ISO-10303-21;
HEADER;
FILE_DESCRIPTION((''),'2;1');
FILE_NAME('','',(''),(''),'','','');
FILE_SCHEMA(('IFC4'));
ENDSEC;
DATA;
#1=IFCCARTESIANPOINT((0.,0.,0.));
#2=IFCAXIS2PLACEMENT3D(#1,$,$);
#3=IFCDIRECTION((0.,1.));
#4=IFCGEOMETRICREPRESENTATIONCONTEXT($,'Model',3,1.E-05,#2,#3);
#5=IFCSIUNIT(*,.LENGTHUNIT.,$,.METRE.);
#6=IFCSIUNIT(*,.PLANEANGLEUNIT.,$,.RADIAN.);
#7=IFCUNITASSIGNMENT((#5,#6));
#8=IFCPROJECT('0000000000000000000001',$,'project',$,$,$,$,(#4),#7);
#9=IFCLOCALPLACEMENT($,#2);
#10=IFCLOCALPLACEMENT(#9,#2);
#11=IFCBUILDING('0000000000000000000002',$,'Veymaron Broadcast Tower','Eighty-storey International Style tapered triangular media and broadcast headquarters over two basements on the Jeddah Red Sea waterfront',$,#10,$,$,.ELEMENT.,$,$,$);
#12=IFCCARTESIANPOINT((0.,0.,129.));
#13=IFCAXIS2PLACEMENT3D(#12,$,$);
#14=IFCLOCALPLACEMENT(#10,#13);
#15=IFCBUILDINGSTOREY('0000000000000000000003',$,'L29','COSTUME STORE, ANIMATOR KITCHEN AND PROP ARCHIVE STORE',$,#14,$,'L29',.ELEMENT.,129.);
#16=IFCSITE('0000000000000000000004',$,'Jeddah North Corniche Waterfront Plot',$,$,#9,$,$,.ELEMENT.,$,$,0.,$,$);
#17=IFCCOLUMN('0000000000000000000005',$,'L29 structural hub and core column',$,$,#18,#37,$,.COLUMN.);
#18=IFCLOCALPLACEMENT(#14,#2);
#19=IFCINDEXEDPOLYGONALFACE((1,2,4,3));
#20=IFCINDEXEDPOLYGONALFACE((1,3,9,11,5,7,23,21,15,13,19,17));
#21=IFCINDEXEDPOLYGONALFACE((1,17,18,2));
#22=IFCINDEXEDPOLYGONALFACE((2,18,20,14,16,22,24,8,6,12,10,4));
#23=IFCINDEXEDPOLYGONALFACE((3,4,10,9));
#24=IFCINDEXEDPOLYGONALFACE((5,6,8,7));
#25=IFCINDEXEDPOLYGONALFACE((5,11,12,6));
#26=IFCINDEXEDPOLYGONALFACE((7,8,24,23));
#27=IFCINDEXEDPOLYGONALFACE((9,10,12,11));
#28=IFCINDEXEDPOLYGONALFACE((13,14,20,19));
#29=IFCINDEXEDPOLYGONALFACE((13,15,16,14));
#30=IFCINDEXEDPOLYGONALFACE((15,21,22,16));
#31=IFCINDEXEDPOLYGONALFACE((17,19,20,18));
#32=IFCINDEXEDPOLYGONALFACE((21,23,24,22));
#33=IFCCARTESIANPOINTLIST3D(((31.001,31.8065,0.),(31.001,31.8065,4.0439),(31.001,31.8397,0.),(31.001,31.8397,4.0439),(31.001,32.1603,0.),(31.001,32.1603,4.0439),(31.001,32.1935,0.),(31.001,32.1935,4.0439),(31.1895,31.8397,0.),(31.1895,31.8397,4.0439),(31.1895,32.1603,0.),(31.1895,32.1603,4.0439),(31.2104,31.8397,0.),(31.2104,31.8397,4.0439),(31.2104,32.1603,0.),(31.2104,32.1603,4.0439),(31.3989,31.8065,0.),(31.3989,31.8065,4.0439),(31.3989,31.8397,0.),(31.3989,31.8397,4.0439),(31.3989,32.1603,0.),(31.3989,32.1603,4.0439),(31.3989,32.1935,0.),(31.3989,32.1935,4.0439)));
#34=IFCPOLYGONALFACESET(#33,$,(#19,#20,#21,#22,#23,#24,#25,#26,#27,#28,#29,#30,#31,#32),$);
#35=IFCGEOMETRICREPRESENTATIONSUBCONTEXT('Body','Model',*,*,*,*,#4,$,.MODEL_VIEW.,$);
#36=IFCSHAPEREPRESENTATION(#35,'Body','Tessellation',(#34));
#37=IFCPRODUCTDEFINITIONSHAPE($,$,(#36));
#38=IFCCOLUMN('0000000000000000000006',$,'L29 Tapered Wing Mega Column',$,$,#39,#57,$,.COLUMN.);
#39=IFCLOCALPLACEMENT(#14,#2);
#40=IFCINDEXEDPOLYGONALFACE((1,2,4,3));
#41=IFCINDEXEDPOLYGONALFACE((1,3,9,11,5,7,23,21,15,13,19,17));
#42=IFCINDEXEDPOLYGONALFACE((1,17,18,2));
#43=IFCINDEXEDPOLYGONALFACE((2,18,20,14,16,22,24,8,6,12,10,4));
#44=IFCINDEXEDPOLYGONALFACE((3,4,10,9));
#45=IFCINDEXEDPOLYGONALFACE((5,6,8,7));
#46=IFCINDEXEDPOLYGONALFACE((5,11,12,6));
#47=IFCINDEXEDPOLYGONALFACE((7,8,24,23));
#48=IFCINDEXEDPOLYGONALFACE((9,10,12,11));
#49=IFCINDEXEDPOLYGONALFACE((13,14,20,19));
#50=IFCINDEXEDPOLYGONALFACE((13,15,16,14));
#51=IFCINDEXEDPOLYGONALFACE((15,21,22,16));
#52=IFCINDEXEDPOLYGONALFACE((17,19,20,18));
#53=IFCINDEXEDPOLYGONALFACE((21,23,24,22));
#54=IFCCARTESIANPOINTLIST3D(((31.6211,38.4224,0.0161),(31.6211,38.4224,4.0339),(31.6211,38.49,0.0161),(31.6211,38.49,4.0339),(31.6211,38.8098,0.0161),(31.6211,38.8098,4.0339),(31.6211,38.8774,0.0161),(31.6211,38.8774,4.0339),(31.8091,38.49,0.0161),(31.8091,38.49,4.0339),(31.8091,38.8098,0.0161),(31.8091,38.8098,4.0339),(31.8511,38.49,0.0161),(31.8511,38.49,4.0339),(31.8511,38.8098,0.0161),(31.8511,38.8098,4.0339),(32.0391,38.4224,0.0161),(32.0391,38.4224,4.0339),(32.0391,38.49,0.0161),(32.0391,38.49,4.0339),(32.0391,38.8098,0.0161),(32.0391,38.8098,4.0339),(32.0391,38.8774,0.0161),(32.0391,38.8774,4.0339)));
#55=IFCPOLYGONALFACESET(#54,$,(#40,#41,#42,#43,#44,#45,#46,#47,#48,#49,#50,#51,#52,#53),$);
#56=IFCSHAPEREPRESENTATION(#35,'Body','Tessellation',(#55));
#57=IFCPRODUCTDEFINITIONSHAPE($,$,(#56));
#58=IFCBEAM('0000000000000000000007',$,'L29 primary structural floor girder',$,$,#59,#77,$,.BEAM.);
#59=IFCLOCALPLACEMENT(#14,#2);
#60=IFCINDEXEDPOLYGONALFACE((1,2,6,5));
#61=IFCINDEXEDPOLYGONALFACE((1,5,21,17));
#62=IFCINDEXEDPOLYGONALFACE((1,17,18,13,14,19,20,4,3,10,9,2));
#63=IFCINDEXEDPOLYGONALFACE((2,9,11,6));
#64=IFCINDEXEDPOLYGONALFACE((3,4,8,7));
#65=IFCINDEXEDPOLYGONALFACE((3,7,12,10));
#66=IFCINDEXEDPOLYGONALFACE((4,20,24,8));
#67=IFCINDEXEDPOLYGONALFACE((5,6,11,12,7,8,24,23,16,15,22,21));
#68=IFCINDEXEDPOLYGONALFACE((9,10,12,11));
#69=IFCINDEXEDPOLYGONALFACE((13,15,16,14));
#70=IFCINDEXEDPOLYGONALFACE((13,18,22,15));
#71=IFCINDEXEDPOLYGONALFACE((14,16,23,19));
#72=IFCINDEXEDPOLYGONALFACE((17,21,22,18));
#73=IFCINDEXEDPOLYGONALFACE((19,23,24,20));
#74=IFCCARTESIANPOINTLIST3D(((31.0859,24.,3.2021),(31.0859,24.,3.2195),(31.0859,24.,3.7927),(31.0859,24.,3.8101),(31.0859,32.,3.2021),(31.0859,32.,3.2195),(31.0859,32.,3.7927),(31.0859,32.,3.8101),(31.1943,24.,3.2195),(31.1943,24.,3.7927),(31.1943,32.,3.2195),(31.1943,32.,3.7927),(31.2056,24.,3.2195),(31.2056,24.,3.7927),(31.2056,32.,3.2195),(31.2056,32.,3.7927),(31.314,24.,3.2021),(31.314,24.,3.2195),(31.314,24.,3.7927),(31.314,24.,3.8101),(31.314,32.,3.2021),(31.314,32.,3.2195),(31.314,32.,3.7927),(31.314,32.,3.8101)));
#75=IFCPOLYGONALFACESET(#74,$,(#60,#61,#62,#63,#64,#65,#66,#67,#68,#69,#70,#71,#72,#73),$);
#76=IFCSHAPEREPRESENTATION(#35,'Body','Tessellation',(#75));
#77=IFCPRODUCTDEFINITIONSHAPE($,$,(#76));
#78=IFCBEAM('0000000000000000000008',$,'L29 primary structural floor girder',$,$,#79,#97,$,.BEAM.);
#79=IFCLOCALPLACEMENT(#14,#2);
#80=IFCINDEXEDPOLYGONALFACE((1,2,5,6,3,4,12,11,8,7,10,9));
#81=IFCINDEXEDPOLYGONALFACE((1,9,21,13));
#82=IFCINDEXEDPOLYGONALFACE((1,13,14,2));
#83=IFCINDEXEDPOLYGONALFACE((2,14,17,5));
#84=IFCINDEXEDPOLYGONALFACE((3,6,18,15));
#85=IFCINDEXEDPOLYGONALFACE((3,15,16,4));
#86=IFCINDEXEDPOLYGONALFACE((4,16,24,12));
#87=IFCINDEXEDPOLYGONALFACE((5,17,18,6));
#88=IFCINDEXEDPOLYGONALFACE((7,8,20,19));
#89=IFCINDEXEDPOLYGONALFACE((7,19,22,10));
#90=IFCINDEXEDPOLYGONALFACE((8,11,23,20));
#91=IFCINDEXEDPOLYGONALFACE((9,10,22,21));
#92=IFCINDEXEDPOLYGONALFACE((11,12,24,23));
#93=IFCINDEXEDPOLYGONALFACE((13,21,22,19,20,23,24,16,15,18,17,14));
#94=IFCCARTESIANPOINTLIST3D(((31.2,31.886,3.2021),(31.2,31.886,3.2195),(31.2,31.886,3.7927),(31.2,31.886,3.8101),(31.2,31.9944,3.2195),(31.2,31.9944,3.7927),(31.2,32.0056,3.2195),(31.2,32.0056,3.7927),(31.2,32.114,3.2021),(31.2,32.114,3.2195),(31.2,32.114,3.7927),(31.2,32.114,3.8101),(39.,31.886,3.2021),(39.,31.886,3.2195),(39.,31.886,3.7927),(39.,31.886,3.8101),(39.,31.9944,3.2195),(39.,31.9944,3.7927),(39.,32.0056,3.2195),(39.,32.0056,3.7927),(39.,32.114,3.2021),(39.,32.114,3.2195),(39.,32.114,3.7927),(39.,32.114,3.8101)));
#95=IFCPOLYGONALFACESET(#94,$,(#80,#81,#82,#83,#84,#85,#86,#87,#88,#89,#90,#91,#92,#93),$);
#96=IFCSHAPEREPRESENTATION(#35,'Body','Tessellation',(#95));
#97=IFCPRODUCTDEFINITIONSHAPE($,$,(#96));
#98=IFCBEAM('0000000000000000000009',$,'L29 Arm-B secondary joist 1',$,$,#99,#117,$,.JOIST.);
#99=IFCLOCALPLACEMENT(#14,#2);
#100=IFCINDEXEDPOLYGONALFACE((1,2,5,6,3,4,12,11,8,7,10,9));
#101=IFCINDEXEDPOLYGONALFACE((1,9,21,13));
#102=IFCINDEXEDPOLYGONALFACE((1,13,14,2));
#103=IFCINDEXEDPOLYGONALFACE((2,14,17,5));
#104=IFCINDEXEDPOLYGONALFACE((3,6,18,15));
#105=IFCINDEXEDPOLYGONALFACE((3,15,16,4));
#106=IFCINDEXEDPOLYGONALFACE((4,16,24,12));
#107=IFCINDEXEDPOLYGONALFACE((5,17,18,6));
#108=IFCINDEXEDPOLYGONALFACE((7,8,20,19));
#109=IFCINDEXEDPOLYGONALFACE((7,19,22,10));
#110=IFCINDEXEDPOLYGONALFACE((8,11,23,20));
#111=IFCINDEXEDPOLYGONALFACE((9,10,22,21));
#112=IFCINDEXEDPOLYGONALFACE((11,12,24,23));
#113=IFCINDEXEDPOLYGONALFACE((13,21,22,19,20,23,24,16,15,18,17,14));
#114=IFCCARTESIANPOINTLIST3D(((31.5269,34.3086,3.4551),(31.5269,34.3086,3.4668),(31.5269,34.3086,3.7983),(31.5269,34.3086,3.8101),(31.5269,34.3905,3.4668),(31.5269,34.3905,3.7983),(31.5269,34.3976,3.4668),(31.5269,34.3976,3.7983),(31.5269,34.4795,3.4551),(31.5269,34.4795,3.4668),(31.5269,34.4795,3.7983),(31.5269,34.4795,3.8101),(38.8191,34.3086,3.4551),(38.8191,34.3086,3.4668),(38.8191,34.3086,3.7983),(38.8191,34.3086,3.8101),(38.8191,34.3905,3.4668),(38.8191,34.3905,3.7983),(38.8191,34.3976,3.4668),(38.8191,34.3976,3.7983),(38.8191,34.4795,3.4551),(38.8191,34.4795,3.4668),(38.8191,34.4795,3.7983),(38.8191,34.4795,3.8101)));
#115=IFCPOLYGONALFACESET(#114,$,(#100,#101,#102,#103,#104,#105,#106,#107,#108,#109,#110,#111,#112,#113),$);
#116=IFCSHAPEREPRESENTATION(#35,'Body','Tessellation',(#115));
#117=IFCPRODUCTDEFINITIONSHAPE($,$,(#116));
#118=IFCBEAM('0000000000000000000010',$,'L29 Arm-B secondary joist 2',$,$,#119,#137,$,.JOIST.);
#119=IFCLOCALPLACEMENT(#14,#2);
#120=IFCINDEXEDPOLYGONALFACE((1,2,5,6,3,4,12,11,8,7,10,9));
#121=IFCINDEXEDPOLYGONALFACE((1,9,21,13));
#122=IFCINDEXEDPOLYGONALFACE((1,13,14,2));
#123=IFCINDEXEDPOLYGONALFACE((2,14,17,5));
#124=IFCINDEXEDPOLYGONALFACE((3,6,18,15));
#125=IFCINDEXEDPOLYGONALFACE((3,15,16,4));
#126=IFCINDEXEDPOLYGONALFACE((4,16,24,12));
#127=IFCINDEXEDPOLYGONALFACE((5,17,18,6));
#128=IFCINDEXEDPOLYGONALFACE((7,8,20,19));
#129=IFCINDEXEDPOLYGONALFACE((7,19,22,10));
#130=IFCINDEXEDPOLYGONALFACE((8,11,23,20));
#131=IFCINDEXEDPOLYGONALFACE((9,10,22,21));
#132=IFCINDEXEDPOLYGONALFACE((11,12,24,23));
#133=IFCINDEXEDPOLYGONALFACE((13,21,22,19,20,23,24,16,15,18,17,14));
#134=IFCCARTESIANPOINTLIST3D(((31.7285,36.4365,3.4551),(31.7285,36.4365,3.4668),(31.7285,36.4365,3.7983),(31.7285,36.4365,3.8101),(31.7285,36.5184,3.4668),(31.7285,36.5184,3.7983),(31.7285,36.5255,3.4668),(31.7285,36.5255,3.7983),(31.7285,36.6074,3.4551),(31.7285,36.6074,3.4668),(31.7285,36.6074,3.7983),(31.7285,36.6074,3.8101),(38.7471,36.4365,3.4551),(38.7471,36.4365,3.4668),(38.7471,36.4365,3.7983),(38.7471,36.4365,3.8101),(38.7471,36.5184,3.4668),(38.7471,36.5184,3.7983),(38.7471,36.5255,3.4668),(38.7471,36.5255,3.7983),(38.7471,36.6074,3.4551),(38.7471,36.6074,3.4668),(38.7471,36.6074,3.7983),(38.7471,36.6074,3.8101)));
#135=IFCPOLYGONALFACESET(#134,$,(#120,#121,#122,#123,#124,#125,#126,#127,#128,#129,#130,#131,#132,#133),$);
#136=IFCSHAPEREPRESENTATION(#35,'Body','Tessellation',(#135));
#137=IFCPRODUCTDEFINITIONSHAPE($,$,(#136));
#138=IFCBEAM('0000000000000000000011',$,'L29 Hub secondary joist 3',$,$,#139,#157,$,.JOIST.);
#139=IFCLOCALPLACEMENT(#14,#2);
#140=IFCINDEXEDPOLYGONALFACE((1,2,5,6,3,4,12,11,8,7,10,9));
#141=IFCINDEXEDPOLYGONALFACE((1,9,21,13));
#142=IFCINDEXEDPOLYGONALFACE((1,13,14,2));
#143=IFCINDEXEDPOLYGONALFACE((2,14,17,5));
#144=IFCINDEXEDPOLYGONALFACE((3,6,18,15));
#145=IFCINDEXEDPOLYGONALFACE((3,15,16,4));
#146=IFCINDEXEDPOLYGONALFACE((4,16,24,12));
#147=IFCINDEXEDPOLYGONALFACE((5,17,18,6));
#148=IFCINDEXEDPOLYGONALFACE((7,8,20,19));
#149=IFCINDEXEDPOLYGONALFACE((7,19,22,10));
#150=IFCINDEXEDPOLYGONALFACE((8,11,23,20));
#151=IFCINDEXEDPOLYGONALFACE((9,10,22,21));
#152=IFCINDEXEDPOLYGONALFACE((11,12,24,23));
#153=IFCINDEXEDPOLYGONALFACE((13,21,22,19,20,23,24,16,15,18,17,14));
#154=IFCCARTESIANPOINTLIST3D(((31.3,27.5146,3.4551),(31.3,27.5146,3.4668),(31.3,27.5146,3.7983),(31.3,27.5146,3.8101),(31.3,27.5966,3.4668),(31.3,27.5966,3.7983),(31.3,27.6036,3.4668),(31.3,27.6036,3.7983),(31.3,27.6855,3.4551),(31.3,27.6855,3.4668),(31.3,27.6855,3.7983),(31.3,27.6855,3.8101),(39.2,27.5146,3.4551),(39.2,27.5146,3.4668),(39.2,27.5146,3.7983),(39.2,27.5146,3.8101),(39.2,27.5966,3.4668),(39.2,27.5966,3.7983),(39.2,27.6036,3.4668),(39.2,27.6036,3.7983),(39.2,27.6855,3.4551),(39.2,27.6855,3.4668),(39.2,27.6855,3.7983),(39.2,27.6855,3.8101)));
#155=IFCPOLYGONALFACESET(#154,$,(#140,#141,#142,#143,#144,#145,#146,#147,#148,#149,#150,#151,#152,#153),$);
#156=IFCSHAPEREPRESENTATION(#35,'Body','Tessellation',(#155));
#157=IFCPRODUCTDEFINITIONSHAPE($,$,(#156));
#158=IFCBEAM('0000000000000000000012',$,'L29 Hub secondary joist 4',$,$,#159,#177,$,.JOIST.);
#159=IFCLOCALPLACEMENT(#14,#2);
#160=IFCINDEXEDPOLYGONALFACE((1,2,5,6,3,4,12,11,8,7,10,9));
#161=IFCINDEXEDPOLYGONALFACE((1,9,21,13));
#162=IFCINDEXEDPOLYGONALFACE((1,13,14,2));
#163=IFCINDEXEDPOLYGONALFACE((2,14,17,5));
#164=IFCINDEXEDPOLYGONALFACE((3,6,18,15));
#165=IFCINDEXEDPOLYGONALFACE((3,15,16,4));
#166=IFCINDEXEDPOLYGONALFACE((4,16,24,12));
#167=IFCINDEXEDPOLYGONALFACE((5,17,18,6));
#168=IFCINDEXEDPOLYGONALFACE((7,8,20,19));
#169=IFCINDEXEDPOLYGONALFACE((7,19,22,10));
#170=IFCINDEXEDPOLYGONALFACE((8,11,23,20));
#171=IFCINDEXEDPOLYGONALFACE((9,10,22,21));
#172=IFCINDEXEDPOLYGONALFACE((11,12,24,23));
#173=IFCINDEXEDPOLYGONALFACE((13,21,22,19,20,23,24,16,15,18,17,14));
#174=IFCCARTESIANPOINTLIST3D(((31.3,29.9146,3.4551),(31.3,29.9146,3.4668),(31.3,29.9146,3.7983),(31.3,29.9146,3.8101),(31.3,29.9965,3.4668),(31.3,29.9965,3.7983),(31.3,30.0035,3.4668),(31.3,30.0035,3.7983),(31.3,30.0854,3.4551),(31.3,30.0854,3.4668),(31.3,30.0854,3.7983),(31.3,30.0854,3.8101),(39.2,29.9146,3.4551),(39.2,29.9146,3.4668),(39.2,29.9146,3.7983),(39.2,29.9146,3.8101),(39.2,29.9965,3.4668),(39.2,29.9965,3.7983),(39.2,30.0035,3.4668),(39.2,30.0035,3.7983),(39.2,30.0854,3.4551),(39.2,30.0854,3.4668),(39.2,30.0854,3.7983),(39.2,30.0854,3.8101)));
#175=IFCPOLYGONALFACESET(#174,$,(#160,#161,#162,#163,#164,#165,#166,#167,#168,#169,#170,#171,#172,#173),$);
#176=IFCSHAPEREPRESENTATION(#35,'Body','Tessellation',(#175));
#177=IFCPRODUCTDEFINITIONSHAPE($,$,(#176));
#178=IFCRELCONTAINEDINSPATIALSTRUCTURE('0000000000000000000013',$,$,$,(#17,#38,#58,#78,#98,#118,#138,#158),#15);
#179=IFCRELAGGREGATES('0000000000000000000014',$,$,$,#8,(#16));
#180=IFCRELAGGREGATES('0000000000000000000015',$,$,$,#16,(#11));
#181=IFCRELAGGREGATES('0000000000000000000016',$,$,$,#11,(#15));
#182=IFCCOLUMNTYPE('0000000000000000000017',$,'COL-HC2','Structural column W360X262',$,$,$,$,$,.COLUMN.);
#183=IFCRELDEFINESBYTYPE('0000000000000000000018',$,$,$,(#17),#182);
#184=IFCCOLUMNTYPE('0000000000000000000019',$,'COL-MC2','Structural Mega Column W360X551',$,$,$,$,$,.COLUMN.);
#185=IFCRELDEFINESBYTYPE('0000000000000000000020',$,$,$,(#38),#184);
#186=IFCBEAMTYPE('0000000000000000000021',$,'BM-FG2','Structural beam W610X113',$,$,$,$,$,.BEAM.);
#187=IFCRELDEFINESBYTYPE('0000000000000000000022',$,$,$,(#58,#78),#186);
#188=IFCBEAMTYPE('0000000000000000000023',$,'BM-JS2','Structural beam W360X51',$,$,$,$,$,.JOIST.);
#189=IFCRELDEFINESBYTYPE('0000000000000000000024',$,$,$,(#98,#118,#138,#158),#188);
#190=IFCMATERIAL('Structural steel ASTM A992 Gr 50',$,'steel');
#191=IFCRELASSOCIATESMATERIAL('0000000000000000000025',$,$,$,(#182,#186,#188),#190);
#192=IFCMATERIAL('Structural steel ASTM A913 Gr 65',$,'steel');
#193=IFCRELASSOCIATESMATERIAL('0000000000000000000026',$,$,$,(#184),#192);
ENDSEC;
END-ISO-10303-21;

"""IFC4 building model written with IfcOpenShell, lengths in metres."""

from ifc_helpers import new_model, si_unit, direction, frame, origin, origin_2d, place, context, subcontext, project, spatial, i_section, extrude, material, material_profile, profile_set, type_object, element, save


model = new_model("IFC4")

# Units and contexts
model_context = context("Model", 3, precision=1e-05, world=origin(), true_north=direction((0.0, 1.0)))
body_context = subcontext(model_context, "Body", "Model", "MODEL_VIEW")
ifc_project = project(units=[si_unit("LENGTHUNIT", "METRE"), si_unit("PLANEANGLEUNIT", "RADIAN")], contexts=[model_context])

# Site, building, storey
site_placement = place(None, origin())
site = spatial("IfcSite", under=ifc_project, at=site_placement, Name="Jeddah North Corniche Waterfront Plot", CompositionType="ELEMENT", RefElevation=0.0)
building_placement = place(site_placement, origin())
building = spatial("IfcBuilding", under=site, at=building_placement, Name="Veymaron Broadcast Tower", Description="Eighty-storey International Style tapered triangular media and broadcast headquarters over two basements on the Jeddah Red Sea waterfront", CompositionType="ELEMENT")
storey_placement = place(building_placement, frame((0.0, 0.0, 129.0)))
storey = spatial("IfcBuildingStorey", under=building, at=storey_placement, Name="L29", Description="COSTUME STORE, ANIMATOR KITCHEN AND PROP ARCHIVE STORE", LongName="L29", CompositionType="ELEMENT", Elevation=129.0)

# Columns
ifc_material_1 = material(Name="Structural steel ASTM A992 Gr 50", Category="steel")
ifc_material_profile_1 = material_profile(ifc_material_1, i_section(OverallWidth=0.3979, OverallDepth=0.387, WebThickness=0.021, FlangeThickness=0.0332, at=origin_2d()), Name="W360X262")
ifc_profile_set_1 = profile_set([ifc_material_profile_1], Name="Structural steel ASTM A992 Gr 50")
column_type_1 = type_object("IfcColumnType", Name="COL-HC2", Description="Structural column W360X262", PredefinedType="COLUMN", material=ifc_profile_set_1)
column_1_placement = place(storey_placement, frame((31.2, 32.0, 0.0), z_axis=(0.0, 0.0, 1.0), x_axis=(1.0, 0.0, 0.0)))
element("IfcColumn", 1, at=column_1_placement, inside=storey, type_object=column_type_1, Name="L29 structural hub and core column", PredefinedType="COLUMN", context=body_context, shape_type="SweptSolid", body=[
    extrude(i_section(OverallWidth=0.3979, OverallDepth=0.387, WebThickness=0.021, FlangeThickness=0.0332, at=origin_2d()), origin(), (0.0, 0.0, 1.0), 4.0439),
])
ifc_material_2 = material(Name="Structural steel ASTM A913 Gr 65", Category="steel")
ifc_material_profile_2 = material_profile(ifc_material_2, i_section(OverallWidth=0.418, OverallDepth=0.4551, WebThickness=0.042, FlangeThickness=0.0676, at=origin_2d()), Name="W360X551")
ifc_profile_set_2 = profile_set([ifc_material_profile_2], Name="Structural steel ASTM A913 Gr 65")
column_type_2 = type_object("IfcColumnType", Name="COL-MC2", Description="Structural Mega Column W360X551", PredefinedType="COLUMN", material=ifc_profile_set_2)
column_2_placement = place(storey_placement, frame((31.8301, 38.6499, 0.0161), z_axis=(0.0, 0.0, 1.0), x_axis=(1.0, 0.0, 0.0)))
element("IfcColumn", 2, at=column_2_placement, inside=storey, type_object=column_type_2, Name="L29 Tapered Wing Mega Column", PredefinedType="COLUMN", context=body_context, shape_type="SweptSolid", body=[
    extrude(i_section(OverallWidth=0.418, OverallDepth=0.4551, WebThickness=0.042, FlangeThickness=0.0676, at=origin_2d()), origin(), (0.0, 0.0, 1.0), 4.0178),
])

# Beams
ifc_material_profile_3 = material_profile(ifc_material_1, i_section(OverallWidth=0.228, OverallDepth=0.6079, WebThickness=0.0112, FlangeThickness=0.0173, at=origin_2d()), Name="W610X113")
ifc_profile_set_3 = profile_set([ifc_material_profile_3], Name="Structural steel ASTM A992 Gr 50")
beam_type_1 = type_object("IfcBeamType", Name="BM-FG2", Description="Structural beam W610X113", PredefinedType="BEAM", material=ifc_profile_set_3)
beam_1_placement = place(storey_placement, frame((31.2, 24.0, 3.5061), z_axis=(0.0, 1.0, 0.0), x_axis=(-1.0, 0.0, 0.0)))
element("IfcBeam", 3, at=beam_1_placement, inside=storey, type_object=beam_type_1, Name="L29 primary structural floor girder", PredefinedType="BEAM", context=body_context, shape_type="SweptSolid", body=[
    extrude(i_section(OverallWidth=0.228, OverallDepth=0.6079, WebThickness=0.0112, FlangeThickness=0.0173, at=origin_2d()), origin(), (0.0, 0.0, 1.0), 8.0),
])
beam_2_placement = place(storey_placement, frame((31.2, 32.0, 3.5061), z_axis=(1.0, 0.0, 0.0), x_axis=(0.0, 1.0, 0.0)))
element("IfcBeam", 4, at=beam_2_placement, inside=storey, type_object=beam_type_1, Name="L29 primary structural floor girder", PredefinedType="BEAM", context=body_context, shape_type="SweptSolid", body=[
    extrude(i_section(OverallWidth=0.228, OverallDepth=0.6079, WebThickness=0.0112, FlangeThickness=0.0173, at=origin_2d()), origin(), (0.0, 0.0, 1.0), 7.8),
])
ifc_material_profile_4 = material_profile(ifc_material_1, i_section(OverallWidth=0.1709, OverallDepth=0.355, WebThickness=0.0071, FlangeThickness=0.0117, at=origin_2d()), Name="W360X51")
ifc_profile_set_4 = profile_set([ifc_material_profile_4], Name="Structural steel ASTM A992 Gr 50")
beam_type_2 = type_object("IfcBeamType", Name="BM-JS2", Description="Structural beam W360X51", PredefinedType="JOIST", material=ifc_profile_set_4)
beam_3_placement = place(storey_placement, frame((31.5269, 34.394, 3.6326), z_axis=(1.0, 0.0, 0.0), x_axis=(0.0, 1.0, 0.0)))
element("IfcBeam", 5, at=beam_3_placement, inside=storey, type_object=beam_type_2, Name="L29 Arm-B secondary joist 1", PredefinedType="JOIST", context=body_context, shape_type="SweptSolid", body=[
    extrude(i_section(OverallWidth=0.1709, OverallDepth=0.355, WebThickness=0.0071, FlangeThickness=0.0117, at=origin_2d()), origin(), (0.0, 0.0, 1.0), 7.2922),
])
beam_4_placement = place(storey_placement, frame((31.7285, 36.522, 3.6326), z_axis=(1.0, 0.0, 0.0), x_axis=(0.0, 1.0, 0.0)))
element("IfcBeam", 6, at=beam_4_placement, inside=storey, type_object=beam_type_2, Name="L29 Arm-B secondary joist 2", PredefinedType="JOIST", context=body_context, shape_type="SweptSolid", body=[
    extrude(i_section(OverallWidth=0.1709, OverallDepth=0.355, WebThickness=0.0071, FlangeThickness=0.0117, at=origin_2d()), origin(), (0.0, 0.0, 1.0), 7.0186),
])
for number, where, z_axis, x_axis, name in (
    (7, (31.3, 27.6001, 3.6326), (1.0, 0.0, 0.0), (0.0, 1.0, 0.0), "L29 Hub secondary joist 3"),
    (8, (31.3, 30.0, 3.6326), (1.0, 0.0, 0.0), (0.0, 1.0, 0.0), "L29 Hub secondary joist 4"),
):
    element("IfcBeam", number, at=place(storey_placement, frame(where, z_axis=z_axis, x_axis=x_axis)), inside=storey, type_object=beam_type_2, Name=name, PredefinedType="JOIST", context=body_context, shape_type="SweptSolid", body=[
        extrude(i_section(OverallWidth=0.1709, OverallDepth=0.355, WebThickness=0.0071, FlangeThickness=0.0117, at=origin_2d()), origin(), (0.0, 0.0, 1.0), 7.8999),
    ])

save(model, "model.ifc")
